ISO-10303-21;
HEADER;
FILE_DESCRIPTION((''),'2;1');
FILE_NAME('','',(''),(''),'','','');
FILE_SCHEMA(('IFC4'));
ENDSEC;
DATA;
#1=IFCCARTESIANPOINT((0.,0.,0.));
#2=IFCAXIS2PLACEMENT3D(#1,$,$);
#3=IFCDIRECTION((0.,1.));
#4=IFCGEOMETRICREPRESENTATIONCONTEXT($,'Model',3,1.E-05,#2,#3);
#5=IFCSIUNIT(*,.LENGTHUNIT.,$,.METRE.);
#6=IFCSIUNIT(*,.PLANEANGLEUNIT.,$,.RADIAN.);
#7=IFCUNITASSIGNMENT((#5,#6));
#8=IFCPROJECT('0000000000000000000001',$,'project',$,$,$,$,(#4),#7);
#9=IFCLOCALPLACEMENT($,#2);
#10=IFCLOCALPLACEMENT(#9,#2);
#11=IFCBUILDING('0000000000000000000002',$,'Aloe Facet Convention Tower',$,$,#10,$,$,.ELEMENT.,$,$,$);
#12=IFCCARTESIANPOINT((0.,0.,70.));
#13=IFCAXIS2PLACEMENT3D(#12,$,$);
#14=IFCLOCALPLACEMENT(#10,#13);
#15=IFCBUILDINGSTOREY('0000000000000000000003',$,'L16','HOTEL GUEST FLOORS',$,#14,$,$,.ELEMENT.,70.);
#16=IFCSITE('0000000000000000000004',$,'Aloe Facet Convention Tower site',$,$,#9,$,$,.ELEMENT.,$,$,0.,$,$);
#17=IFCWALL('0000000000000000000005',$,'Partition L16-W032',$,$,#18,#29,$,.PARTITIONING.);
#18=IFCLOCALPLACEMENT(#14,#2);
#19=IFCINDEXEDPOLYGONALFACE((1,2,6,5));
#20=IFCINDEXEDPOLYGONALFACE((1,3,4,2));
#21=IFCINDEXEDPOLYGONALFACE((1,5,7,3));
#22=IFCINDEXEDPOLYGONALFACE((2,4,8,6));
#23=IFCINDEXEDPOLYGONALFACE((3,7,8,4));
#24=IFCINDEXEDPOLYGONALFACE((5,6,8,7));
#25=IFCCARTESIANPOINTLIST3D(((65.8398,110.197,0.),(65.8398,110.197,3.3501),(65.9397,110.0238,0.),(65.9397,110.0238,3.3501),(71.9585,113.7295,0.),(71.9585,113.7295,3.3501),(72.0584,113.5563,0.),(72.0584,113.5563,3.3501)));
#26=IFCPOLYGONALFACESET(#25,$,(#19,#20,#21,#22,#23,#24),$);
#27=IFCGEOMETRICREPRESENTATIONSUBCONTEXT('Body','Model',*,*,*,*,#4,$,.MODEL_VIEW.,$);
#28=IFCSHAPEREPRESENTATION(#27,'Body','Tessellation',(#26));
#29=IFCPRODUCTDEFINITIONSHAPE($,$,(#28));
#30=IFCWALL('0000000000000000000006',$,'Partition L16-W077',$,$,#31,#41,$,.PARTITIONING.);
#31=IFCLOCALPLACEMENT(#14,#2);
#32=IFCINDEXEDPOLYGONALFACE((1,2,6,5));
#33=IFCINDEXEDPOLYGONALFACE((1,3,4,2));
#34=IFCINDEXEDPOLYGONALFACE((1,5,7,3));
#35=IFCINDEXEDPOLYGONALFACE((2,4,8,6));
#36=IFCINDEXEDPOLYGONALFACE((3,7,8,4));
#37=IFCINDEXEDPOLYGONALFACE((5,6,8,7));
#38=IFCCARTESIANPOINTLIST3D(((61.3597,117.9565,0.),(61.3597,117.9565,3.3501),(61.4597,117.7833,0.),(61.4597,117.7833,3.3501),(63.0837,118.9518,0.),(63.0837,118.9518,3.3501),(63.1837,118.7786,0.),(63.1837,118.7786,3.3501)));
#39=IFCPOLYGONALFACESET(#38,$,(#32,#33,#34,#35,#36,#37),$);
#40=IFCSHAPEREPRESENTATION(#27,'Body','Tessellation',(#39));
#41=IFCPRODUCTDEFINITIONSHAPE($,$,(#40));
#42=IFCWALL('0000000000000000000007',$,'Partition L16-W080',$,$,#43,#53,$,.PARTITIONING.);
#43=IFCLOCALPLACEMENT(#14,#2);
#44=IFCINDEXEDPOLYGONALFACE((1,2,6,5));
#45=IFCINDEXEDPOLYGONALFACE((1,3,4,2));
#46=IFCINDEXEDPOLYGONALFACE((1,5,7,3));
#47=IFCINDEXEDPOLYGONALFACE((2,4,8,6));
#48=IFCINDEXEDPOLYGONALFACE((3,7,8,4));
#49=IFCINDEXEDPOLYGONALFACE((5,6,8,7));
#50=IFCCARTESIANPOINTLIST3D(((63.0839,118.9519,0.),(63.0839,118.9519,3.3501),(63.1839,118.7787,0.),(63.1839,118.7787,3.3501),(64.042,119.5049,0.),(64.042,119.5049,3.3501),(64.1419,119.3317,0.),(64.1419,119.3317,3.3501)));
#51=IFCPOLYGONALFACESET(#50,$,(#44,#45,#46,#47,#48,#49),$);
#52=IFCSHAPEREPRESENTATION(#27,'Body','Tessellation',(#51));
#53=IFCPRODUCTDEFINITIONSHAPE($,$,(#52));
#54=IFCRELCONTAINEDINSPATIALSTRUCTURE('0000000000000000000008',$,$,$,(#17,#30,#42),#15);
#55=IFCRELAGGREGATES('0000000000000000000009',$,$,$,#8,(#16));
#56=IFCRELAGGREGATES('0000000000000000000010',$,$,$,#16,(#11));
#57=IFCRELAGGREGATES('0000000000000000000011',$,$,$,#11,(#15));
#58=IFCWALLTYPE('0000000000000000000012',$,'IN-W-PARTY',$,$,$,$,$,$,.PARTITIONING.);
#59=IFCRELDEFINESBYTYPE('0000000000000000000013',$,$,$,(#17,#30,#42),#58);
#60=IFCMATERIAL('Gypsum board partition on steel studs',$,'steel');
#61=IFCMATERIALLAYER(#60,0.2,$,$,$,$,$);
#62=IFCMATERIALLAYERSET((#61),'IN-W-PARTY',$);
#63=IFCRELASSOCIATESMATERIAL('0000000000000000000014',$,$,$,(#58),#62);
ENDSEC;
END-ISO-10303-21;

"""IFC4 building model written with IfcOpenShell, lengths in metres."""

from ifc_helpers import new_model, si_unit, direction, frame, frame_2d, origin, place, context, subcontext, project, spatial, rectangle, extrude, material, layer, layer_set, type_object, element, save


model = new_model("IFC4")

# Units and contexts
model_context = context("Model", 3, precision=1e-05, world=origin(), true_north=direction((0.0, 1.0)))
body_context = subcontext(model_context, "Body", "Model", "MODEL_VIEW")
ifc_project = project(units=[si_unit("LENGTHUNIT", "METRE"), si_unit("PLANEANGLEUNIT", "RADIAN")], contexts=[model_context])

# Site, building, storey
site_placement = place(None, origin())
site = spatial("IfcSite", under=ifc_project, at=site_placement, Name="Aloe Facet Convention Tower site", CompositionType="ELEMENT", RefElevation=0.0)
building_placement = place(site_placement, origin())
building = spatial("IfcBuilding", under=site, at=building_placement, Name="Aloe Facet Convention Tower", CompositionType="ELEMENT")
storey_placement = place(building_placement, frame((0.0, 0.0, 70.0)))
storey = spatial("IfcBuildingStorey", under=building, at=storey_placement, Name="L16", Description="HOTEL GUEST FLOORS", CompositionType="ELEMENT", Elevation=70.0)

# Walls
ifc_material_1 = material(Name="Gypsum board partition on steel studs", Category="steel")
ifc_layer_1 = layer(ifc_material_1, 0.2)
ifc_layer_set_1 = layer_set([ifc_layer_1], Name="IN-W-PARTY")
wall_type_1 = type_object("IfcWallType", Name="IN-W-PARTY", PredefinedType="PARTITIONING", material=ifc_layer_set_1)
wall_1_placement = place(storey_placement, frame((65.8896, 110.1104, 0.0), z_axis=(0.0, 0.0, 1.0), x_axis=(0.866034, 0.499986, 0.0)))
element("IfcWall", 1, at=wall_1_placement, inside=storey, type_object=wall_type_1, Name="Partition L16-W032", PredefinedType="PARTITIONING", context=body_context, shape_type="SweptSolid", body=[
    extrude(rectangle(XDim=7.0652, YDim=0.2, at=frame_2d((3.5327, 0.0))), origin(), (0.0, 0.0, 1.0), 3.3501),
])
wall_2_placement = place(storey_placement, frame((61.4097, 117.8699, 0.0), z_axis=(0.0, 0.0, 1.0), x_axis=(0.866039, 0.499977, 0.0)))
element("IfcWall", 2, at=wall_2_placement, inside=storey, type_object=wall_type_1, Name="Partition L16-W077", PredefinedType="PARTITIONING", context=body_context, shape_type="SweptSolid", body=[
    extrude(rectangle(XDim=1.9907, YDim=0.2, at=frame_2d((0.9954, 0.0))), origin(), (0.0, 0.0, 1.0), 3.3501),
])
wall_3_placement = place(storey_placement, frame((63.1338, 118.8652, 0.0), z_axis=(0.0, 0.0, 1.0), x_axis=(0.866075, 0.499914, 0.0)))
element("IfcWall", 3, at=wall_3_placement, inside=storey, type_object=wall_type_1, Name="Partition L16-W080", PredefinedType="PARTITIONING", context=body_context, shape_type="SweptSolid", body=[
    extrude(rectangle(XDim=1.1062, YDim=0.2, at=frame_2d((0.5532, 0.0))), origin(), (0.0, 0.0, 1.0), 3.3501),
])

save(model, "model.ifc")
